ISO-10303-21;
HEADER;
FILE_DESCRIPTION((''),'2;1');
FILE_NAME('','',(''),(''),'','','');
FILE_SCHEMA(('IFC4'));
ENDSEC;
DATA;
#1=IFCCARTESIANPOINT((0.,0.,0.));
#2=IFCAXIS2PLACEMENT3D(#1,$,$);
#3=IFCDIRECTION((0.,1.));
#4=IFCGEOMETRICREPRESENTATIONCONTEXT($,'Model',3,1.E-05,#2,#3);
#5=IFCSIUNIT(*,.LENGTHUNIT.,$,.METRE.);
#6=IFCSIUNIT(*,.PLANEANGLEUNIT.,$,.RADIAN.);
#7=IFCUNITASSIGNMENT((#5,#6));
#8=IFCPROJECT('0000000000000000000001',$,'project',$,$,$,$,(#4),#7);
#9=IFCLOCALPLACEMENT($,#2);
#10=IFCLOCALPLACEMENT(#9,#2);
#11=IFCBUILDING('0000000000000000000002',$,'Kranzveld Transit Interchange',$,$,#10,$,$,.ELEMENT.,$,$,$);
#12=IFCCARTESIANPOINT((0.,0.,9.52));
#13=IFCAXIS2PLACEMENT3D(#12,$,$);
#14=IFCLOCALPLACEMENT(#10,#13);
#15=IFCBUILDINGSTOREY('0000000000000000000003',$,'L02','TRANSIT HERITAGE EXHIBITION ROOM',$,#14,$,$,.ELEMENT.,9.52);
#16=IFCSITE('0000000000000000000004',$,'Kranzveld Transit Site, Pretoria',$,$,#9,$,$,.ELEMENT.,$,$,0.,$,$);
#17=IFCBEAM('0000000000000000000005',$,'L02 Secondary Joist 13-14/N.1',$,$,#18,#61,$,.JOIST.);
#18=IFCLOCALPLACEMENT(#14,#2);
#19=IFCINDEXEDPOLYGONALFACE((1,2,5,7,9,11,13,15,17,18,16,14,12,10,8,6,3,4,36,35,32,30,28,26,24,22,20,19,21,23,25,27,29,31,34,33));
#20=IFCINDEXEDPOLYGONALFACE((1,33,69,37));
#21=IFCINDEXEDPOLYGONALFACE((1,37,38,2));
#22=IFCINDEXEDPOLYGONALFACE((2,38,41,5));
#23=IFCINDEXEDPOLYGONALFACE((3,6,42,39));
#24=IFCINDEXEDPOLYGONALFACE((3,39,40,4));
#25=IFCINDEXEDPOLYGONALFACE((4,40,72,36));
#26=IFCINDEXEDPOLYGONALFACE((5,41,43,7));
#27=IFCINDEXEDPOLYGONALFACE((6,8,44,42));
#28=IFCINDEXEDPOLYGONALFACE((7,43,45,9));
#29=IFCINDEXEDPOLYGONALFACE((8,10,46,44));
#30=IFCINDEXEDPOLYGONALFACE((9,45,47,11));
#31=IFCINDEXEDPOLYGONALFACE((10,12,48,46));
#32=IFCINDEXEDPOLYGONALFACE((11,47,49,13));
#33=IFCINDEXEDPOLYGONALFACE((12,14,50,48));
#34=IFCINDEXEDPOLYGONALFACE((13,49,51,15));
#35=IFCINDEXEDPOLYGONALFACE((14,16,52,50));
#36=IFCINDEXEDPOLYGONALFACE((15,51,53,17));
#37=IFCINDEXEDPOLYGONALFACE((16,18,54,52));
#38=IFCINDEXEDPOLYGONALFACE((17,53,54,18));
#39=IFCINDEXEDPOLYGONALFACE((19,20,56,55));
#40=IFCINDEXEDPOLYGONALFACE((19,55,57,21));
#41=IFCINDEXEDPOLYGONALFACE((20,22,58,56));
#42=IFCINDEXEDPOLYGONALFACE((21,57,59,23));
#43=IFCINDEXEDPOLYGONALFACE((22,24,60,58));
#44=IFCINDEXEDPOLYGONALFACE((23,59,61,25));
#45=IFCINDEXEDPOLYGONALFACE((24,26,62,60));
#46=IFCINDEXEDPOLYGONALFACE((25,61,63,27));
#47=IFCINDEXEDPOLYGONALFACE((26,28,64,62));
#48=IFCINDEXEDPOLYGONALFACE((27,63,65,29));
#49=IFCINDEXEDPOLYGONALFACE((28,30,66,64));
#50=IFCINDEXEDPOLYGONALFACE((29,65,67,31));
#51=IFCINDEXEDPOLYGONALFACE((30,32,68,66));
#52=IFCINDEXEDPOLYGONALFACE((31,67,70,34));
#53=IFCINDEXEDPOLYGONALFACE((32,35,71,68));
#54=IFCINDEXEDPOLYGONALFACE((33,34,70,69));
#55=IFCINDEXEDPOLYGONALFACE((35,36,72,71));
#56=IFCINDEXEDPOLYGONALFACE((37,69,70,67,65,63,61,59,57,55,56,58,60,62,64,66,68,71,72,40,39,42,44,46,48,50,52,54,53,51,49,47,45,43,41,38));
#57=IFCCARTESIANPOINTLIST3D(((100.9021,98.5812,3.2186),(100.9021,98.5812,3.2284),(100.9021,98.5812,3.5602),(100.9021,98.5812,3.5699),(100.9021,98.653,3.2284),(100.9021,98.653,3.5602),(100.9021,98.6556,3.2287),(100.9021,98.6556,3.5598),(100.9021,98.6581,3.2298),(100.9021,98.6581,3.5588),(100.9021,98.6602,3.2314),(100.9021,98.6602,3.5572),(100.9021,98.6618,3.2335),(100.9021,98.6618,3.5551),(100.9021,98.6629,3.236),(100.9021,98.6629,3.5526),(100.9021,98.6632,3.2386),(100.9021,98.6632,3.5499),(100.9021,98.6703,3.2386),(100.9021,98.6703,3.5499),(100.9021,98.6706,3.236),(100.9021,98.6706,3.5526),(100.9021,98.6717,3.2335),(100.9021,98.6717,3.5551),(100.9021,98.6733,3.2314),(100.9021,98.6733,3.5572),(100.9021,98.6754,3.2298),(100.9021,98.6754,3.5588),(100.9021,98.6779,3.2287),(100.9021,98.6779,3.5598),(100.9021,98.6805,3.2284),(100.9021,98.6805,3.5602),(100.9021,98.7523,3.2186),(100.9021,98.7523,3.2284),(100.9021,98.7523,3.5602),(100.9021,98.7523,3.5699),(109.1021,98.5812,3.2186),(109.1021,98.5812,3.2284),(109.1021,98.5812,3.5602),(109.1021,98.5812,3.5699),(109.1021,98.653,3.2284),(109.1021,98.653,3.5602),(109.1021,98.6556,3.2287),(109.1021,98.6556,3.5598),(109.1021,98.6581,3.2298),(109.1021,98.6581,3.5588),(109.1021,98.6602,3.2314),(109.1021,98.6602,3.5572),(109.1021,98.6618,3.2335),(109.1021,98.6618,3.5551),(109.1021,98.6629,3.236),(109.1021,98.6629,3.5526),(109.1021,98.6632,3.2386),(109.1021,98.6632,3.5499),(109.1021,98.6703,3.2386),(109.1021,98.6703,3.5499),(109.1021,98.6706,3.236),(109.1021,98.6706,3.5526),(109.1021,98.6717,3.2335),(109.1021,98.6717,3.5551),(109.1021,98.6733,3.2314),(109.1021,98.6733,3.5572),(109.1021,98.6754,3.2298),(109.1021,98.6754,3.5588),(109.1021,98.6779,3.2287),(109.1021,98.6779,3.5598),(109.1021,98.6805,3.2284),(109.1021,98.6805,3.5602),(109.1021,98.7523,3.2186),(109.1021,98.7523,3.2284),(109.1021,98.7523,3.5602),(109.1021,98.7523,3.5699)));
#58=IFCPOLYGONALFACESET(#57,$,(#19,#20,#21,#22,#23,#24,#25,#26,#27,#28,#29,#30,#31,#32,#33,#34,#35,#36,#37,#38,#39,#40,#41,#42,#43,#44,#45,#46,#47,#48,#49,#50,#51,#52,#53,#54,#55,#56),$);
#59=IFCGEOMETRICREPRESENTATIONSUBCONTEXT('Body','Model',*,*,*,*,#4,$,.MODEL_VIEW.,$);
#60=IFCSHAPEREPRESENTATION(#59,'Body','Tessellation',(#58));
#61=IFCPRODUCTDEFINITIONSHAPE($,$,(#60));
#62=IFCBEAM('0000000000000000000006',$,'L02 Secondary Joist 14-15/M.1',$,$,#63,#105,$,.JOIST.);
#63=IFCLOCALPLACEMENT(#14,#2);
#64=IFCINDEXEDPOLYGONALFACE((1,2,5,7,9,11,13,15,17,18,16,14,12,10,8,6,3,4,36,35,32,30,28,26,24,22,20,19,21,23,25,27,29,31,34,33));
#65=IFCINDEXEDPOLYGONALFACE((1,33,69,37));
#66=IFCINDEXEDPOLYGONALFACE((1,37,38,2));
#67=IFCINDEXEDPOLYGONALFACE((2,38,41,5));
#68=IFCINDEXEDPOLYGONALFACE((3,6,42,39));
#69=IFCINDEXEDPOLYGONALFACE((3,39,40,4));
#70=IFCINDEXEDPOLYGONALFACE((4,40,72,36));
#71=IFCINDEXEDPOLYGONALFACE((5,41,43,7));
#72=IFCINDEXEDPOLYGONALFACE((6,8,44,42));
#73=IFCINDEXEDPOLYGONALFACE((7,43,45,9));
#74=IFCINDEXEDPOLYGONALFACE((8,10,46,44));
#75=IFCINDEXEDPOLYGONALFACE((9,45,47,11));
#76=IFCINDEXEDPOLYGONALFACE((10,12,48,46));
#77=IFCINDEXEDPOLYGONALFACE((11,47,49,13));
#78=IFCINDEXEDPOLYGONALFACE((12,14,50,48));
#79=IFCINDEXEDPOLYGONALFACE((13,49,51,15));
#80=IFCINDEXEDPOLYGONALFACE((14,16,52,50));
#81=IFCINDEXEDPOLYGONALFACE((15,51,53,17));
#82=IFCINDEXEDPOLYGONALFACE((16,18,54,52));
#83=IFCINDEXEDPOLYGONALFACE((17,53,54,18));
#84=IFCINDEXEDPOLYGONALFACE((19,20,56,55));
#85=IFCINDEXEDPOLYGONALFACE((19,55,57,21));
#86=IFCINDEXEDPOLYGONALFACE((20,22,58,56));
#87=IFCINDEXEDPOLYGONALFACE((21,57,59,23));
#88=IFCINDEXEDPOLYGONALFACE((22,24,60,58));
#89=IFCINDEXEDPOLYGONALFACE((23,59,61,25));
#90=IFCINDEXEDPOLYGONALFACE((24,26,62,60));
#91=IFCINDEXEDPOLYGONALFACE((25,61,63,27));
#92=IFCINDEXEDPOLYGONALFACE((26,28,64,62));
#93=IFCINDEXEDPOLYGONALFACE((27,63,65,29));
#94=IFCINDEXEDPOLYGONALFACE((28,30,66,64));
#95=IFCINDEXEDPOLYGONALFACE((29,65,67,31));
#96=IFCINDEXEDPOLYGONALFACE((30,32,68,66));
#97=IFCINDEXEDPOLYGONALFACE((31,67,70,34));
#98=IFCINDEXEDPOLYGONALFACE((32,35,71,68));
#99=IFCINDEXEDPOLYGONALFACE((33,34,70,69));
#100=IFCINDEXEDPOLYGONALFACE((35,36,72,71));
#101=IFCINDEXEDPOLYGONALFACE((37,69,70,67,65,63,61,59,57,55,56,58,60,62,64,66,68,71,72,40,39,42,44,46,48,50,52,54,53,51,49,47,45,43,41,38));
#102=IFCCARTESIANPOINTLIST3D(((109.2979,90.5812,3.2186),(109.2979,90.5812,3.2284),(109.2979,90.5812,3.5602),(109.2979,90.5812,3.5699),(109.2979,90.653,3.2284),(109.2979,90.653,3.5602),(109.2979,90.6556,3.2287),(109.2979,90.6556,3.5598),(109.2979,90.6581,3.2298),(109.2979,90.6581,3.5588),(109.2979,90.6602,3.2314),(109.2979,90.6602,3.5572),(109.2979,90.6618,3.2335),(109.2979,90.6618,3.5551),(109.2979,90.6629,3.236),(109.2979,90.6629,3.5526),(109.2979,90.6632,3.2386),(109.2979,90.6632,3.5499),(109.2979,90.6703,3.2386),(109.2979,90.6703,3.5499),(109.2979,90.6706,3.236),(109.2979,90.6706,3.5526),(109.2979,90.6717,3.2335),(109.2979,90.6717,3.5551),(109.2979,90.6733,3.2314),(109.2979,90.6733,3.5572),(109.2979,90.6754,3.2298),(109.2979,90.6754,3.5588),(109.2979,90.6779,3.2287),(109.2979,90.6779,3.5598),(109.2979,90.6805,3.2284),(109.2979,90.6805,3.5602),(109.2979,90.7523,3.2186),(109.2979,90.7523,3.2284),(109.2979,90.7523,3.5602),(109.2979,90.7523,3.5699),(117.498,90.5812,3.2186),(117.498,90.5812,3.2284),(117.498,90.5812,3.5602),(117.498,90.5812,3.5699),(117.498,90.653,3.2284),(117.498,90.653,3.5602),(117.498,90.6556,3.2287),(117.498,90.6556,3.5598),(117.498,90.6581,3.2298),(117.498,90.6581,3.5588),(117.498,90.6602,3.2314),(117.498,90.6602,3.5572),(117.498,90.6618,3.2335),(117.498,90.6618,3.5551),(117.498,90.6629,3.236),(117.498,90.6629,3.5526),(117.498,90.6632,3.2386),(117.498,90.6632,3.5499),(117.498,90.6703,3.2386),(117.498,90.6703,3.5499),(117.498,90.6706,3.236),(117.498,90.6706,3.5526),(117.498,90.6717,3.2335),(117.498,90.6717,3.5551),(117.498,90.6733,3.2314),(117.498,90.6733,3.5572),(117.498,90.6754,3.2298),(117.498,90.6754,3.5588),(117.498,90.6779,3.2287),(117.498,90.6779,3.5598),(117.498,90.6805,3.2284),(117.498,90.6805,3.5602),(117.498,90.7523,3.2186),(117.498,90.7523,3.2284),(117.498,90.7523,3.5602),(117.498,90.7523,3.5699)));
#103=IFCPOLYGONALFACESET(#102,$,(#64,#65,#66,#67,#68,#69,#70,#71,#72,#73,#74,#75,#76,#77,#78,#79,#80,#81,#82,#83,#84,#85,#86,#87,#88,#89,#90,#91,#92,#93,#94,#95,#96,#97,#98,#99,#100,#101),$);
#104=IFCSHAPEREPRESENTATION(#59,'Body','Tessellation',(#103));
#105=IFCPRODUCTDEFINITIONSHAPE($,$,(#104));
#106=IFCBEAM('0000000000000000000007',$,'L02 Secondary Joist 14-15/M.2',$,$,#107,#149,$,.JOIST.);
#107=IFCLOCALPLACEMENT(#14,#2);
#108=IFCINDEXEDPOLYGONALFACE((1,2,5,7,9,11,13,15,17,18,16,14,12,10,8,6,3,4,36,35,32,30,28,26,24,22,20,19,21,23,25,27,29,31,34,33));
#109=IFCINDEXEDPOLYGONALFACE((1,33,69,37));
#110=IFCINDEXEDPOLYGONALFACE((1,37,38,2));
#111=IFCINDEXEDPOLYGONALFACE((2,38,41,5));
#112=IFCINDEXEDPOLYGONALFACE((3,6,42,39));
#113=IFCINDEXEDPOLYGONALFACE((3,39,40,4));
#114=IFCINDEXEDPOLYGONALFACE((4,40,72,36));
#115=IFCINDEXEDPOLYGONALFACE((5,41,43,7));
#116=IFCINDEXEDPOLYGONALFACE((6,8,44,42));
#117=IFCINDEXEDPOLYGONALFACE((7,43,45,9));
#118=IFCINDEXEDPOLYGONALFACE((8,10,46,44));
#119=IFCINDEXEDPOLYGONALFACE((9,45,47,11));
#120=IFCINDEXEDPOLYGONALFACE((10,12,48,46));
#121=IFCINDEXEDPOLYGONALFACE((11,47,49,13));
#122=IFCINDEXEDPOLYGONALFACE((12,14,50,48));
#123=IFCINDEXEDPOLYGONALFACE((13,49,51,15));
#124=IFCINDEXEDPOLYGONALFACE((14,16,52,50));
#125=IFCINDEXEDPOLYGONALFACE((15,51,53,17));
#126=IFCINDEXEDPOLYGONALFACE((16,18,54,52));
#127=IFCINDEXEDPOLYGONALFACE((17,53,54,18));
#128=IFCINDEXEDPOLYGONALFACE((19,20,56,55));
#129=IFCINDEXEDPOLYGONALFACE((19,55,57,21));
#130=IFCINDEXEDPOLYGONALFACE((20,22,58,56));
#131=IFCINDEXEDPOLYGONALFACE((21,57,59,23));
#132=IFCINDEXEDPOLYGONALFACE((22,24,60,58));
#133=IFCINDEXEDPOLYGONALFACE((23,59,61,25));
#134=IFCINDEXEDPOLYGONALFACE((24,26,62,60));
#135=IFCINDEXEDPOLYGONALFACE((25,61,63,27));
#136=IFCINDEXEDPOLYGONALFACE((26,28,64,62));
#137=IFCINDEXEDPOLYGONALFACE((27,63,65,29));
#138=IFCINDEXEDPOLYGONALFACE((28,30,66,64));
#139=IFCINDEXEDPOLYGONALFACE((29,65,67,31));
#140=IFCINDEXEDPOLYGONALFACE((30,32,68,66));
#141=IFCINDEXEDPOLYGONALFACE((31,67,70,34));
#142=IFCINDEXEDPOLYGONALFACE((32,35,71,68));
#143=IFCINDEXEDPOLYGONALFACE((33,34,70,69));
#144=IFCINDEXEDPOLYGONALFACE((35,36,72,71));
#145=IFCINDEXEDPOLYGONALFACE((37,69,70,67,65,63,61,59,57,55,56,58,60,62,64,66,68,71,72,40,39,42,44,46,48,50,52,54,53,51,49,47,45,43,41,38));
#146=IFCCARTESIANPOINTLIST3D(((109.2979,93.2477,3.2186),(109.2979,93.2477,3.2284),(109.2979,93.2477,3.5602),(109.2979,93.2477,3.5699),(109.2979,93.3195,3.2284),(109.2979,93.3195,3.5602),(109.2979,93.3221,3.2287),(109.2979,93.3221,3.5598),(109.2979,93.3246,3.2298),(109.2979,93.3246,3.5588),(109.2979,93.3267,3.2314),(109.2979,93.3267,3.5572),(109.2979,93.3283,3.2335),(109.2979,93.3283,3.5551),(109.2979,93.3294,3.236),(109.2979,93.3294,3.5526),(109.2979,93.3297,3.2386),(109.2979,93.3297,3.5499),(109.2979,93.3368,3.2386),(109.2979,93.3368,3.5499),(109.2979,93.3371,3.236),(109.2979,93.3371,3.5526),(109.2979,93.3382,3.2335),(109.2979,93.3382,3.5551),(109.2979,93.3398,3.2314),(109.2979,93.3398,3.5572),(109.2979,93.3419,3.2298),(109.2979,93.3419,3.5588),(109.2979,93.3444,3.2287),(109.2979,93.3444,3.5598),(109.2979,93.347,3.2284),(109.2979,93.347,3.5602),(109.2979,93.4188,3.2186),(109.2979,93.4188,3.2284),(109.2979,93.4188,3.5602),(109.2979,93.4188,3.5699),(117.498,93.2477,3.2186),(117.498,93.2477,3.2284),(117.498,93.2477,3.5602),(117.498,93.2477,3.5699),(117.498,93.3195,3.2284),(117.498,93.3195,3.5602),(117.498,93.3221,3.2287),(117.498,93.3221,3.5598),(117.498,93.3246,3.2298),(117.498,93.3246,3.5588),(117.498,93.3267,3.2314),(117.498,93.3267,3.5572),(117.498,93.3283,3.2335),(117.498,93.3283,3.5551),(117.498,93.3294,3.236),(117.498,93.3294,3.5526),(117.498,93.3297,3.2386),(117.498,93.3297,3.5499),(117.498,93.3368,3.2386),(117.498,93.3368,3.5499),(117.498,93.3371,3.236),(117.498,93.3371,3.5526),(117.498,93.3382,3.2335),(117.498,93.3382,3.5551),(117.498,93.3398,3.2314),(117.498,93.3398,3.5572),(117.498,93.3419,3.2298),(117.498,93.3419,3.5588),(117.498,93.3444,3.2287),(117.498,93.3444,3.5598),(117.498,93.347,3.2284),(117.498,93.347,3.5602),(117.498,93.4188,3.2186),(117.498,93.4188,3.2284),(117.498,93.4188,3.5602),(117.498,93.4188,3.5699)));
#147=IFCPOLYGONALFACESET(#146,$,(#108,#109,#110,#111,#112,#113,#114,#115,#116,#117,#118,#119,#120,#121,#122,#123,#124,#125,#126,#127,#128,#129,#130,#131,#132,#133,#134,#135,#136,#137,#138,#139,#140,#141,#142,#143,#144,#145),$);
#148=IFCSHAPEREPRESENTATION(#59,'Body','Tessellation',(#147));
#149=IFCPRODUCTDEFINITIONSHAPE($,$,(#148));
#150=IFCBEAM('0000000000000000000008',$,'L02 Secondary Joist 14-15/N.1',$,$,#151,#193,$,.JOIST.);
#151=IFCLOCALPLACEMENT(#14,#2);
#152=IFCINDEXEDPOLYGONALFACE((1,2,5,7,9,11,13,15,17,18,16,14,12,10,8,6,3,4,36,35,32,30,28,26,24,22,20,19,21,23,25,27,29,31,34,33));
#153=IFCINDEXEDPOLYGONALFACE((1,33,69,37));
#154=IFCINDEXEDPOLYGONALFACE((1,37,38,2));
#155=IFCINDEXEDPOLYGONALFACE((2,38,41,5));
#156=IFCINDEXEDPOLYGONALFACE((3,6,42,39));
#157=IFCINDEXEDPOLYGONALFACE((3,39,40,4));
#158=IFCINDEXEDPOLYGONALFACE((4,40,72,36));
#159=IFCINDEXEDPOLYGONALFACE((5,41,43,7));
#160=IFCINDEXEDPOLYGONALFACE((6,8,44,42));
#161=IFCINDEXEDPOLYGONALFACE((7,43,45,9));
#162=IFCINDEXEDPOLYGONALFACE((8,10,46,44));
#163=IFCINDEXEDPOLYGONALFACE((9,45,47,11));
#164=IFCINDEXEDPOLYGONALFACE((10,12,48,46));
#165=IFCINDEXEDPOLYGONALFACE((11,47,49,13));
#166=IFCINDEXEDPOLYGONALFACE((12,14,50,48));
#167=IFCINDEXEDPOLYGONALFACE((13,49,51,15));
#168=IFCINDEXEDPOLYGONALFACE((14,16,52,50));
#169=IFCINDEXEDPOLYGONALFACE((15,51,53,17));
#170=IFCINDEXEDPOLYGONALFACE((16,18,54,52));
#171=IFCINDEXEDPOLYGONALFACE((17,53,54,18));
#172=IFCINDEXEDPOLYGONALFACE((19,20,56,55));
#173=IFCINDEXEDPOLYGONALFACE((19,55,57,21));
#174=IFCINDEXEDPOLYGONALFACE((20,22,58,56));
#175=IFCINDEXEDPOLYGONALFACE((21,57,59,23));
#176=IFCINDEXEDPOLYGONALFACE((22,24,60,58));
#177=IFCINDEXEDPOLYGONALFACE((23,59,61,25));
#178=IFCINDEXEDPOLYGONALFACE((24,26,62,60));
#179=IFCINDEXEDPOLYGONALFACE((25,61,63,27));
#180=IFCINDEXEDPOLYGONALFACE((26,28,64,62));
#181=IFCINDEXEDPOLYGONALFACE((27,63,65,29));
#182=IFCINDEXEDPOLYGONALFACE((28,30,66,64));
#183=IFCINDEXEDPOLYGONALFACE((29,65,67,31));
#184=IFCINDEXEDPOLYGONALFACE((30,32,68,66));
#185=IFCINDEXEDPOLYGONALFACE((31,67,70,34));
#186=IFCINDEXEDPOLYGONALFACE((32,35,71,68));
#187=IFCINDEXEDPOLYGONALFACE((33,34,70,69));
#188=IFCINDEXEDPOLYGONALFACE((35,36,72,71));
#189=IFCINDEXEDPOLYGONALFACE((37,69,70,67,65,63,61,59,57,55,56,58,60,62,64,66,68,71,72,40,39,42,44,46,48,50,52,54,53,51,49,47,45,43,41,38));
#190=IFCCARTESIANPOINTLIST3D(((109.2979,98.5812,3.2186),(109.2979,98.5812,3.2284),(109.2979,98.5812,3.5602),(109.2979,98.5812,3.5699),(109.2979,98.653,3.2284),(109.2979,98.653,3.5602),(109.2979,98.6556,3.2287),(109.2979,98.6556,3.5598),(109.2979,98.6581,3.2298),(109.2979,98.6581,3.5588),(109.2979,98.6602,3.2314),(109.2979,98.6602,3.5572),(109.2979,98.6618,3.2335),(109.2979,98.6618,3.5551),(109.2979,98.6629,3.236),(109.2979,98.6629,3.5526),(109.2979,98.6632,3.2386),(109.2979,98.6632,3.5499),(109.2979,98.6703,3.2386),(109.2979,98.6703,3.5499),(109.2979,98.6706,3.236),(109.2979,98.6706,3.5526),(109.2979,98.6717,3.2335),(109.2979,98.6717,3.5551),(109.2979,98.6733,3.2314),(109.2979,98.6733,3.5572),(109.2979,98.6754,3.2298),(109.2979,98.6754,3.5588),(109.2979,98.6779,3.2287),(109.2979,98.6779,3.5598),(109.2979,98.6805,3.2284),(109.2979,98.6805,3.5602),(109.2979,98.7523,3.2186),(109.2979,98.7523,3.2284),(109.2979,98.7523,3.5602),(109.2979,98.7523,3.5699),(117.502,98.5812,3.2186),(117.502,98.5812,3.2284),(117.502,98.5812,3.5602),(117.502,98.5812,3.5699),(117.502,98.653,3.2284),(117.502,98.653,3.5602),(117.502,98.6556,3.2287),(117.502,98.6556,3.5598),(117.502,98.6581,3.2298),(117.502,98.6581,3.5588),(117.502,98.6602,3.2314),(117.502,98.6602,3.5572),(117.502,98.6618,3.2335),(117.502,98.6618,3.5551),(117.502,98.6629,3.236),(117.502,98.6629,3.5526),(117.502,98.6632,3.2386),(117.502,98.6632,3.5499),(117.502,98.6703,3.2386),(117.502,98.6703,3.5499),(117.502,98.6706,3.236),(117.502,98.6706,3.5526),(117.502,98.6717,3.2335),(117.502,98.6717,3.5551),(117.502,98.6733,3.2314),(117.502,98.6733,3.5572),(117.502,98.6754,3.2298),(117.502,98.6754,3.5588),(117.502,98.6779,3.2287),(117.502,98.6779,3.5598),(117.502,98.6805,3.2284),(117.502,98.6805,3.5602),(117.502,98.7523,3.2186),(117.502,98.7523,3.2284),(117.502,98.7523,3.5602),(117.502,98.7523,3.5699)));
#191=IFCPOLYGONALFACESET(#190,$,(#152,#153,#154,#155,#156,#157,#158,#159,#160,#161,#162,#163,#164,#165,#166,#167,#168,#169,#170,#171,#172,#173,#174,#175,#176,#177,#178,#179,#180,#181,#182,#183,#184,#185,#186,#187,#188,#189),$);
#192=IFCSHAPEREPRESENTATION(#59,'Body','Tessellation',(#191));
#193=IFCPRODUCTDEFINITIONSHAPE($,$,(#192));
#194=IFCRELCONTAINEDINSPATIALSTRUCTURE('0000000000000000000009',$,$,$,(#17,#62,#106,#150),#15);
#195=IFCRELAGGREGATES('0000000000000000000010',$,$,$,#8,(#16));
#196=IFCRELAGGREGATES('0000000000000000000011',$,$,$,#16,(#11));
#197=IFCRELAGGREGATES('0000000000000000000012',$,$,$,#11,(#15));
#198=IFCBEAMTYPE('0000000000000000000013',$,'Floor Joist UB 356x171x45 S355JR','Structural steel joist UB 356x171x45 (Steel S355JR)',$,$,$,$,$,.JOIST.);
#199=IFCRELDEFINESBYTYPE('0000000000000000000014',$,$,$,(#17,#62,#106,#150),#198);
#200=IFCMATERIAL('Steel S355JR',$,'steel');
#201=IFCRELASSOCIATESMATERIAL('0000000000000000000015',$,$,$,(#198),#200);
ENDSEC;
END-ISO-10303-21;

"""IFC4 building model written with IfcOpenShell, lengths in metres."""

from ifc_helpers import new_model, si_unit, direction, frame, origin, origin_2d, place, context, subcontext, project, spatial, i_section, extrude, material, material_profile, profile_set, type_object, element, save


model = new_model("IFC4")

# Units and contexts
model_context = context("Model", 3, precision=1e-05, world=origin(), true_north=direction((0.0, 1.0)))
body_context = subcontext(model_context, "Body", "Model", "MODEL_VIEW")
ifc_project = project(units=[si_unit("LENGTHUNIT", "METRE"), si_unit("PLANEANGLEUNIT", "RADIAN")], contexts=[model_context])

# Site, building, storey
site_placement = place(None, origin())
site = spatial("IfcSite", under=ifc_project, at=site_placement, Name="Kranzveld Transit Site, Pretoria", CompositionType="ELEMENT", RefElevation=0.0)
building_placement = place(site_placement, origin())
building = spatial("IfcBuilding", under=site, at=building_placement, Name="Kranzveld Transit Interchange", CompositionType="ELEMENT")
storey_placement = place(building_placement, frame((0.0, 0.0, 9.52)))
storey = spatial("IfcBuildingStorey", under=building, at=storey_placement, Name="L02", Description="TRANSIT HERITAGE EXHIBITION ROOM", CompositionType="ELEMENT", Elevation=9.52)

# Beams
ifc_material_1 = material(Name="Steel S355JR", Category="steel")
ifc_material_profile_1 = material_profile(ifc_material_1, i_section(OverallWidth=0.1711, OverallDepth=0.3513, WebThickness=0.0071, FlangeThickness=0.0098, FilletRadius=0.0103, at=origin_2d()), Name="UB 356x171x45")
ifc_profile_set_1 = profile_set([ifc_material_profile_1], Name="Steel S355JR")
beam_type_1 = type_object("IfcBeamType", Name="Floor Joist UB 356x171x45 S355JR", Description="Structural steel joist UB 356x171x45 (Steel S355JR)", PredefinedType="JOIST", material=ifc_profile_set_1)
for number, where, z_axis, x_axis, name in (
    (1, (100.9021, 98.6667, 3.3943), (1.0, 0.0, 0.0), (0.0, 1.0, 0.0), "L02 Secondary Joist 13-14/N.1"),
):
    element("IfcBeam", number, at=place(storey_placement, frame(where, z_axis=z_axis, x_axis=x_axis)), inside=storey, type_object=beam_type_1, Name=name, PredefinedType="JOIST", context=body_context, shape_type="SweptSolid", body=[
        extrude(i_section(OverallWidth=0.1711, OverallDepth=0.3513, WebThickness=0.0071, FlangeThickness=0.0098, FilletRadius=0.0103, at=origin_2d()), origin(), (0.0, 0.0, 1.0), 8.2),
    ])
for number, where, z_axis, x_axis, name in (
    (2, (109.2979, 90.6667, 3.3943), (1.0, 0.0, 0.0), (0.0, 1.0, 0.0), "L02 Secondary Joist 14-15/M.1"),
    (3, (109.2979, 93.3333, 3.3943), (1.0, 0.0, 0.0), (0.0, 1.0, 0.0), "L02 Secondary Joist 14-15/M.2"),
):
    element("IfcBeam", number, at=place(storey_placement, frame(where, z_axis=z_axis, x_axis=x_axis)), inside=storey, type_object=beam_type_1, Name=name, PredefinedType="JOIST", context=body_context, shape_type="SweptSolid", body=[
        extrude(i_section(OverallWidth=0.1711, OverallDepth=0.3513, WebThickness=0.0071, FlangeThickness=0.0098, FilletRadius=0.0103, at=origin_2d()), origin(), (0.0, 0.0, 1.0), 8.2002),
    ])
beam_1_placement = place(storey_placement, frame((109.2979, 98.6667, 3.3943), z_axis=(1.0, 0.0, 0.0), x_axis=(0.0, 1.0, 0.0)))
element("IfcBeam", 4, at=beam_1_placement, inside=storey, type_object=beam_type_1, Name="L02 Secondary Joist 14-15/N.1", PredefinedType="JOIST", context=body_context, shape_type="SweptSolid", body=[
    extrude(i_section(OverallWidth=0.1711, OverallDepth=0.3513, WebThickness=0.0071, FlangeThickness=0.0098, FilletRadius=0.0103, at=origin_2d()), origin(), (0.0, 0.0, 1.0), 8.2041),
])

save(model, "model.ifc")
